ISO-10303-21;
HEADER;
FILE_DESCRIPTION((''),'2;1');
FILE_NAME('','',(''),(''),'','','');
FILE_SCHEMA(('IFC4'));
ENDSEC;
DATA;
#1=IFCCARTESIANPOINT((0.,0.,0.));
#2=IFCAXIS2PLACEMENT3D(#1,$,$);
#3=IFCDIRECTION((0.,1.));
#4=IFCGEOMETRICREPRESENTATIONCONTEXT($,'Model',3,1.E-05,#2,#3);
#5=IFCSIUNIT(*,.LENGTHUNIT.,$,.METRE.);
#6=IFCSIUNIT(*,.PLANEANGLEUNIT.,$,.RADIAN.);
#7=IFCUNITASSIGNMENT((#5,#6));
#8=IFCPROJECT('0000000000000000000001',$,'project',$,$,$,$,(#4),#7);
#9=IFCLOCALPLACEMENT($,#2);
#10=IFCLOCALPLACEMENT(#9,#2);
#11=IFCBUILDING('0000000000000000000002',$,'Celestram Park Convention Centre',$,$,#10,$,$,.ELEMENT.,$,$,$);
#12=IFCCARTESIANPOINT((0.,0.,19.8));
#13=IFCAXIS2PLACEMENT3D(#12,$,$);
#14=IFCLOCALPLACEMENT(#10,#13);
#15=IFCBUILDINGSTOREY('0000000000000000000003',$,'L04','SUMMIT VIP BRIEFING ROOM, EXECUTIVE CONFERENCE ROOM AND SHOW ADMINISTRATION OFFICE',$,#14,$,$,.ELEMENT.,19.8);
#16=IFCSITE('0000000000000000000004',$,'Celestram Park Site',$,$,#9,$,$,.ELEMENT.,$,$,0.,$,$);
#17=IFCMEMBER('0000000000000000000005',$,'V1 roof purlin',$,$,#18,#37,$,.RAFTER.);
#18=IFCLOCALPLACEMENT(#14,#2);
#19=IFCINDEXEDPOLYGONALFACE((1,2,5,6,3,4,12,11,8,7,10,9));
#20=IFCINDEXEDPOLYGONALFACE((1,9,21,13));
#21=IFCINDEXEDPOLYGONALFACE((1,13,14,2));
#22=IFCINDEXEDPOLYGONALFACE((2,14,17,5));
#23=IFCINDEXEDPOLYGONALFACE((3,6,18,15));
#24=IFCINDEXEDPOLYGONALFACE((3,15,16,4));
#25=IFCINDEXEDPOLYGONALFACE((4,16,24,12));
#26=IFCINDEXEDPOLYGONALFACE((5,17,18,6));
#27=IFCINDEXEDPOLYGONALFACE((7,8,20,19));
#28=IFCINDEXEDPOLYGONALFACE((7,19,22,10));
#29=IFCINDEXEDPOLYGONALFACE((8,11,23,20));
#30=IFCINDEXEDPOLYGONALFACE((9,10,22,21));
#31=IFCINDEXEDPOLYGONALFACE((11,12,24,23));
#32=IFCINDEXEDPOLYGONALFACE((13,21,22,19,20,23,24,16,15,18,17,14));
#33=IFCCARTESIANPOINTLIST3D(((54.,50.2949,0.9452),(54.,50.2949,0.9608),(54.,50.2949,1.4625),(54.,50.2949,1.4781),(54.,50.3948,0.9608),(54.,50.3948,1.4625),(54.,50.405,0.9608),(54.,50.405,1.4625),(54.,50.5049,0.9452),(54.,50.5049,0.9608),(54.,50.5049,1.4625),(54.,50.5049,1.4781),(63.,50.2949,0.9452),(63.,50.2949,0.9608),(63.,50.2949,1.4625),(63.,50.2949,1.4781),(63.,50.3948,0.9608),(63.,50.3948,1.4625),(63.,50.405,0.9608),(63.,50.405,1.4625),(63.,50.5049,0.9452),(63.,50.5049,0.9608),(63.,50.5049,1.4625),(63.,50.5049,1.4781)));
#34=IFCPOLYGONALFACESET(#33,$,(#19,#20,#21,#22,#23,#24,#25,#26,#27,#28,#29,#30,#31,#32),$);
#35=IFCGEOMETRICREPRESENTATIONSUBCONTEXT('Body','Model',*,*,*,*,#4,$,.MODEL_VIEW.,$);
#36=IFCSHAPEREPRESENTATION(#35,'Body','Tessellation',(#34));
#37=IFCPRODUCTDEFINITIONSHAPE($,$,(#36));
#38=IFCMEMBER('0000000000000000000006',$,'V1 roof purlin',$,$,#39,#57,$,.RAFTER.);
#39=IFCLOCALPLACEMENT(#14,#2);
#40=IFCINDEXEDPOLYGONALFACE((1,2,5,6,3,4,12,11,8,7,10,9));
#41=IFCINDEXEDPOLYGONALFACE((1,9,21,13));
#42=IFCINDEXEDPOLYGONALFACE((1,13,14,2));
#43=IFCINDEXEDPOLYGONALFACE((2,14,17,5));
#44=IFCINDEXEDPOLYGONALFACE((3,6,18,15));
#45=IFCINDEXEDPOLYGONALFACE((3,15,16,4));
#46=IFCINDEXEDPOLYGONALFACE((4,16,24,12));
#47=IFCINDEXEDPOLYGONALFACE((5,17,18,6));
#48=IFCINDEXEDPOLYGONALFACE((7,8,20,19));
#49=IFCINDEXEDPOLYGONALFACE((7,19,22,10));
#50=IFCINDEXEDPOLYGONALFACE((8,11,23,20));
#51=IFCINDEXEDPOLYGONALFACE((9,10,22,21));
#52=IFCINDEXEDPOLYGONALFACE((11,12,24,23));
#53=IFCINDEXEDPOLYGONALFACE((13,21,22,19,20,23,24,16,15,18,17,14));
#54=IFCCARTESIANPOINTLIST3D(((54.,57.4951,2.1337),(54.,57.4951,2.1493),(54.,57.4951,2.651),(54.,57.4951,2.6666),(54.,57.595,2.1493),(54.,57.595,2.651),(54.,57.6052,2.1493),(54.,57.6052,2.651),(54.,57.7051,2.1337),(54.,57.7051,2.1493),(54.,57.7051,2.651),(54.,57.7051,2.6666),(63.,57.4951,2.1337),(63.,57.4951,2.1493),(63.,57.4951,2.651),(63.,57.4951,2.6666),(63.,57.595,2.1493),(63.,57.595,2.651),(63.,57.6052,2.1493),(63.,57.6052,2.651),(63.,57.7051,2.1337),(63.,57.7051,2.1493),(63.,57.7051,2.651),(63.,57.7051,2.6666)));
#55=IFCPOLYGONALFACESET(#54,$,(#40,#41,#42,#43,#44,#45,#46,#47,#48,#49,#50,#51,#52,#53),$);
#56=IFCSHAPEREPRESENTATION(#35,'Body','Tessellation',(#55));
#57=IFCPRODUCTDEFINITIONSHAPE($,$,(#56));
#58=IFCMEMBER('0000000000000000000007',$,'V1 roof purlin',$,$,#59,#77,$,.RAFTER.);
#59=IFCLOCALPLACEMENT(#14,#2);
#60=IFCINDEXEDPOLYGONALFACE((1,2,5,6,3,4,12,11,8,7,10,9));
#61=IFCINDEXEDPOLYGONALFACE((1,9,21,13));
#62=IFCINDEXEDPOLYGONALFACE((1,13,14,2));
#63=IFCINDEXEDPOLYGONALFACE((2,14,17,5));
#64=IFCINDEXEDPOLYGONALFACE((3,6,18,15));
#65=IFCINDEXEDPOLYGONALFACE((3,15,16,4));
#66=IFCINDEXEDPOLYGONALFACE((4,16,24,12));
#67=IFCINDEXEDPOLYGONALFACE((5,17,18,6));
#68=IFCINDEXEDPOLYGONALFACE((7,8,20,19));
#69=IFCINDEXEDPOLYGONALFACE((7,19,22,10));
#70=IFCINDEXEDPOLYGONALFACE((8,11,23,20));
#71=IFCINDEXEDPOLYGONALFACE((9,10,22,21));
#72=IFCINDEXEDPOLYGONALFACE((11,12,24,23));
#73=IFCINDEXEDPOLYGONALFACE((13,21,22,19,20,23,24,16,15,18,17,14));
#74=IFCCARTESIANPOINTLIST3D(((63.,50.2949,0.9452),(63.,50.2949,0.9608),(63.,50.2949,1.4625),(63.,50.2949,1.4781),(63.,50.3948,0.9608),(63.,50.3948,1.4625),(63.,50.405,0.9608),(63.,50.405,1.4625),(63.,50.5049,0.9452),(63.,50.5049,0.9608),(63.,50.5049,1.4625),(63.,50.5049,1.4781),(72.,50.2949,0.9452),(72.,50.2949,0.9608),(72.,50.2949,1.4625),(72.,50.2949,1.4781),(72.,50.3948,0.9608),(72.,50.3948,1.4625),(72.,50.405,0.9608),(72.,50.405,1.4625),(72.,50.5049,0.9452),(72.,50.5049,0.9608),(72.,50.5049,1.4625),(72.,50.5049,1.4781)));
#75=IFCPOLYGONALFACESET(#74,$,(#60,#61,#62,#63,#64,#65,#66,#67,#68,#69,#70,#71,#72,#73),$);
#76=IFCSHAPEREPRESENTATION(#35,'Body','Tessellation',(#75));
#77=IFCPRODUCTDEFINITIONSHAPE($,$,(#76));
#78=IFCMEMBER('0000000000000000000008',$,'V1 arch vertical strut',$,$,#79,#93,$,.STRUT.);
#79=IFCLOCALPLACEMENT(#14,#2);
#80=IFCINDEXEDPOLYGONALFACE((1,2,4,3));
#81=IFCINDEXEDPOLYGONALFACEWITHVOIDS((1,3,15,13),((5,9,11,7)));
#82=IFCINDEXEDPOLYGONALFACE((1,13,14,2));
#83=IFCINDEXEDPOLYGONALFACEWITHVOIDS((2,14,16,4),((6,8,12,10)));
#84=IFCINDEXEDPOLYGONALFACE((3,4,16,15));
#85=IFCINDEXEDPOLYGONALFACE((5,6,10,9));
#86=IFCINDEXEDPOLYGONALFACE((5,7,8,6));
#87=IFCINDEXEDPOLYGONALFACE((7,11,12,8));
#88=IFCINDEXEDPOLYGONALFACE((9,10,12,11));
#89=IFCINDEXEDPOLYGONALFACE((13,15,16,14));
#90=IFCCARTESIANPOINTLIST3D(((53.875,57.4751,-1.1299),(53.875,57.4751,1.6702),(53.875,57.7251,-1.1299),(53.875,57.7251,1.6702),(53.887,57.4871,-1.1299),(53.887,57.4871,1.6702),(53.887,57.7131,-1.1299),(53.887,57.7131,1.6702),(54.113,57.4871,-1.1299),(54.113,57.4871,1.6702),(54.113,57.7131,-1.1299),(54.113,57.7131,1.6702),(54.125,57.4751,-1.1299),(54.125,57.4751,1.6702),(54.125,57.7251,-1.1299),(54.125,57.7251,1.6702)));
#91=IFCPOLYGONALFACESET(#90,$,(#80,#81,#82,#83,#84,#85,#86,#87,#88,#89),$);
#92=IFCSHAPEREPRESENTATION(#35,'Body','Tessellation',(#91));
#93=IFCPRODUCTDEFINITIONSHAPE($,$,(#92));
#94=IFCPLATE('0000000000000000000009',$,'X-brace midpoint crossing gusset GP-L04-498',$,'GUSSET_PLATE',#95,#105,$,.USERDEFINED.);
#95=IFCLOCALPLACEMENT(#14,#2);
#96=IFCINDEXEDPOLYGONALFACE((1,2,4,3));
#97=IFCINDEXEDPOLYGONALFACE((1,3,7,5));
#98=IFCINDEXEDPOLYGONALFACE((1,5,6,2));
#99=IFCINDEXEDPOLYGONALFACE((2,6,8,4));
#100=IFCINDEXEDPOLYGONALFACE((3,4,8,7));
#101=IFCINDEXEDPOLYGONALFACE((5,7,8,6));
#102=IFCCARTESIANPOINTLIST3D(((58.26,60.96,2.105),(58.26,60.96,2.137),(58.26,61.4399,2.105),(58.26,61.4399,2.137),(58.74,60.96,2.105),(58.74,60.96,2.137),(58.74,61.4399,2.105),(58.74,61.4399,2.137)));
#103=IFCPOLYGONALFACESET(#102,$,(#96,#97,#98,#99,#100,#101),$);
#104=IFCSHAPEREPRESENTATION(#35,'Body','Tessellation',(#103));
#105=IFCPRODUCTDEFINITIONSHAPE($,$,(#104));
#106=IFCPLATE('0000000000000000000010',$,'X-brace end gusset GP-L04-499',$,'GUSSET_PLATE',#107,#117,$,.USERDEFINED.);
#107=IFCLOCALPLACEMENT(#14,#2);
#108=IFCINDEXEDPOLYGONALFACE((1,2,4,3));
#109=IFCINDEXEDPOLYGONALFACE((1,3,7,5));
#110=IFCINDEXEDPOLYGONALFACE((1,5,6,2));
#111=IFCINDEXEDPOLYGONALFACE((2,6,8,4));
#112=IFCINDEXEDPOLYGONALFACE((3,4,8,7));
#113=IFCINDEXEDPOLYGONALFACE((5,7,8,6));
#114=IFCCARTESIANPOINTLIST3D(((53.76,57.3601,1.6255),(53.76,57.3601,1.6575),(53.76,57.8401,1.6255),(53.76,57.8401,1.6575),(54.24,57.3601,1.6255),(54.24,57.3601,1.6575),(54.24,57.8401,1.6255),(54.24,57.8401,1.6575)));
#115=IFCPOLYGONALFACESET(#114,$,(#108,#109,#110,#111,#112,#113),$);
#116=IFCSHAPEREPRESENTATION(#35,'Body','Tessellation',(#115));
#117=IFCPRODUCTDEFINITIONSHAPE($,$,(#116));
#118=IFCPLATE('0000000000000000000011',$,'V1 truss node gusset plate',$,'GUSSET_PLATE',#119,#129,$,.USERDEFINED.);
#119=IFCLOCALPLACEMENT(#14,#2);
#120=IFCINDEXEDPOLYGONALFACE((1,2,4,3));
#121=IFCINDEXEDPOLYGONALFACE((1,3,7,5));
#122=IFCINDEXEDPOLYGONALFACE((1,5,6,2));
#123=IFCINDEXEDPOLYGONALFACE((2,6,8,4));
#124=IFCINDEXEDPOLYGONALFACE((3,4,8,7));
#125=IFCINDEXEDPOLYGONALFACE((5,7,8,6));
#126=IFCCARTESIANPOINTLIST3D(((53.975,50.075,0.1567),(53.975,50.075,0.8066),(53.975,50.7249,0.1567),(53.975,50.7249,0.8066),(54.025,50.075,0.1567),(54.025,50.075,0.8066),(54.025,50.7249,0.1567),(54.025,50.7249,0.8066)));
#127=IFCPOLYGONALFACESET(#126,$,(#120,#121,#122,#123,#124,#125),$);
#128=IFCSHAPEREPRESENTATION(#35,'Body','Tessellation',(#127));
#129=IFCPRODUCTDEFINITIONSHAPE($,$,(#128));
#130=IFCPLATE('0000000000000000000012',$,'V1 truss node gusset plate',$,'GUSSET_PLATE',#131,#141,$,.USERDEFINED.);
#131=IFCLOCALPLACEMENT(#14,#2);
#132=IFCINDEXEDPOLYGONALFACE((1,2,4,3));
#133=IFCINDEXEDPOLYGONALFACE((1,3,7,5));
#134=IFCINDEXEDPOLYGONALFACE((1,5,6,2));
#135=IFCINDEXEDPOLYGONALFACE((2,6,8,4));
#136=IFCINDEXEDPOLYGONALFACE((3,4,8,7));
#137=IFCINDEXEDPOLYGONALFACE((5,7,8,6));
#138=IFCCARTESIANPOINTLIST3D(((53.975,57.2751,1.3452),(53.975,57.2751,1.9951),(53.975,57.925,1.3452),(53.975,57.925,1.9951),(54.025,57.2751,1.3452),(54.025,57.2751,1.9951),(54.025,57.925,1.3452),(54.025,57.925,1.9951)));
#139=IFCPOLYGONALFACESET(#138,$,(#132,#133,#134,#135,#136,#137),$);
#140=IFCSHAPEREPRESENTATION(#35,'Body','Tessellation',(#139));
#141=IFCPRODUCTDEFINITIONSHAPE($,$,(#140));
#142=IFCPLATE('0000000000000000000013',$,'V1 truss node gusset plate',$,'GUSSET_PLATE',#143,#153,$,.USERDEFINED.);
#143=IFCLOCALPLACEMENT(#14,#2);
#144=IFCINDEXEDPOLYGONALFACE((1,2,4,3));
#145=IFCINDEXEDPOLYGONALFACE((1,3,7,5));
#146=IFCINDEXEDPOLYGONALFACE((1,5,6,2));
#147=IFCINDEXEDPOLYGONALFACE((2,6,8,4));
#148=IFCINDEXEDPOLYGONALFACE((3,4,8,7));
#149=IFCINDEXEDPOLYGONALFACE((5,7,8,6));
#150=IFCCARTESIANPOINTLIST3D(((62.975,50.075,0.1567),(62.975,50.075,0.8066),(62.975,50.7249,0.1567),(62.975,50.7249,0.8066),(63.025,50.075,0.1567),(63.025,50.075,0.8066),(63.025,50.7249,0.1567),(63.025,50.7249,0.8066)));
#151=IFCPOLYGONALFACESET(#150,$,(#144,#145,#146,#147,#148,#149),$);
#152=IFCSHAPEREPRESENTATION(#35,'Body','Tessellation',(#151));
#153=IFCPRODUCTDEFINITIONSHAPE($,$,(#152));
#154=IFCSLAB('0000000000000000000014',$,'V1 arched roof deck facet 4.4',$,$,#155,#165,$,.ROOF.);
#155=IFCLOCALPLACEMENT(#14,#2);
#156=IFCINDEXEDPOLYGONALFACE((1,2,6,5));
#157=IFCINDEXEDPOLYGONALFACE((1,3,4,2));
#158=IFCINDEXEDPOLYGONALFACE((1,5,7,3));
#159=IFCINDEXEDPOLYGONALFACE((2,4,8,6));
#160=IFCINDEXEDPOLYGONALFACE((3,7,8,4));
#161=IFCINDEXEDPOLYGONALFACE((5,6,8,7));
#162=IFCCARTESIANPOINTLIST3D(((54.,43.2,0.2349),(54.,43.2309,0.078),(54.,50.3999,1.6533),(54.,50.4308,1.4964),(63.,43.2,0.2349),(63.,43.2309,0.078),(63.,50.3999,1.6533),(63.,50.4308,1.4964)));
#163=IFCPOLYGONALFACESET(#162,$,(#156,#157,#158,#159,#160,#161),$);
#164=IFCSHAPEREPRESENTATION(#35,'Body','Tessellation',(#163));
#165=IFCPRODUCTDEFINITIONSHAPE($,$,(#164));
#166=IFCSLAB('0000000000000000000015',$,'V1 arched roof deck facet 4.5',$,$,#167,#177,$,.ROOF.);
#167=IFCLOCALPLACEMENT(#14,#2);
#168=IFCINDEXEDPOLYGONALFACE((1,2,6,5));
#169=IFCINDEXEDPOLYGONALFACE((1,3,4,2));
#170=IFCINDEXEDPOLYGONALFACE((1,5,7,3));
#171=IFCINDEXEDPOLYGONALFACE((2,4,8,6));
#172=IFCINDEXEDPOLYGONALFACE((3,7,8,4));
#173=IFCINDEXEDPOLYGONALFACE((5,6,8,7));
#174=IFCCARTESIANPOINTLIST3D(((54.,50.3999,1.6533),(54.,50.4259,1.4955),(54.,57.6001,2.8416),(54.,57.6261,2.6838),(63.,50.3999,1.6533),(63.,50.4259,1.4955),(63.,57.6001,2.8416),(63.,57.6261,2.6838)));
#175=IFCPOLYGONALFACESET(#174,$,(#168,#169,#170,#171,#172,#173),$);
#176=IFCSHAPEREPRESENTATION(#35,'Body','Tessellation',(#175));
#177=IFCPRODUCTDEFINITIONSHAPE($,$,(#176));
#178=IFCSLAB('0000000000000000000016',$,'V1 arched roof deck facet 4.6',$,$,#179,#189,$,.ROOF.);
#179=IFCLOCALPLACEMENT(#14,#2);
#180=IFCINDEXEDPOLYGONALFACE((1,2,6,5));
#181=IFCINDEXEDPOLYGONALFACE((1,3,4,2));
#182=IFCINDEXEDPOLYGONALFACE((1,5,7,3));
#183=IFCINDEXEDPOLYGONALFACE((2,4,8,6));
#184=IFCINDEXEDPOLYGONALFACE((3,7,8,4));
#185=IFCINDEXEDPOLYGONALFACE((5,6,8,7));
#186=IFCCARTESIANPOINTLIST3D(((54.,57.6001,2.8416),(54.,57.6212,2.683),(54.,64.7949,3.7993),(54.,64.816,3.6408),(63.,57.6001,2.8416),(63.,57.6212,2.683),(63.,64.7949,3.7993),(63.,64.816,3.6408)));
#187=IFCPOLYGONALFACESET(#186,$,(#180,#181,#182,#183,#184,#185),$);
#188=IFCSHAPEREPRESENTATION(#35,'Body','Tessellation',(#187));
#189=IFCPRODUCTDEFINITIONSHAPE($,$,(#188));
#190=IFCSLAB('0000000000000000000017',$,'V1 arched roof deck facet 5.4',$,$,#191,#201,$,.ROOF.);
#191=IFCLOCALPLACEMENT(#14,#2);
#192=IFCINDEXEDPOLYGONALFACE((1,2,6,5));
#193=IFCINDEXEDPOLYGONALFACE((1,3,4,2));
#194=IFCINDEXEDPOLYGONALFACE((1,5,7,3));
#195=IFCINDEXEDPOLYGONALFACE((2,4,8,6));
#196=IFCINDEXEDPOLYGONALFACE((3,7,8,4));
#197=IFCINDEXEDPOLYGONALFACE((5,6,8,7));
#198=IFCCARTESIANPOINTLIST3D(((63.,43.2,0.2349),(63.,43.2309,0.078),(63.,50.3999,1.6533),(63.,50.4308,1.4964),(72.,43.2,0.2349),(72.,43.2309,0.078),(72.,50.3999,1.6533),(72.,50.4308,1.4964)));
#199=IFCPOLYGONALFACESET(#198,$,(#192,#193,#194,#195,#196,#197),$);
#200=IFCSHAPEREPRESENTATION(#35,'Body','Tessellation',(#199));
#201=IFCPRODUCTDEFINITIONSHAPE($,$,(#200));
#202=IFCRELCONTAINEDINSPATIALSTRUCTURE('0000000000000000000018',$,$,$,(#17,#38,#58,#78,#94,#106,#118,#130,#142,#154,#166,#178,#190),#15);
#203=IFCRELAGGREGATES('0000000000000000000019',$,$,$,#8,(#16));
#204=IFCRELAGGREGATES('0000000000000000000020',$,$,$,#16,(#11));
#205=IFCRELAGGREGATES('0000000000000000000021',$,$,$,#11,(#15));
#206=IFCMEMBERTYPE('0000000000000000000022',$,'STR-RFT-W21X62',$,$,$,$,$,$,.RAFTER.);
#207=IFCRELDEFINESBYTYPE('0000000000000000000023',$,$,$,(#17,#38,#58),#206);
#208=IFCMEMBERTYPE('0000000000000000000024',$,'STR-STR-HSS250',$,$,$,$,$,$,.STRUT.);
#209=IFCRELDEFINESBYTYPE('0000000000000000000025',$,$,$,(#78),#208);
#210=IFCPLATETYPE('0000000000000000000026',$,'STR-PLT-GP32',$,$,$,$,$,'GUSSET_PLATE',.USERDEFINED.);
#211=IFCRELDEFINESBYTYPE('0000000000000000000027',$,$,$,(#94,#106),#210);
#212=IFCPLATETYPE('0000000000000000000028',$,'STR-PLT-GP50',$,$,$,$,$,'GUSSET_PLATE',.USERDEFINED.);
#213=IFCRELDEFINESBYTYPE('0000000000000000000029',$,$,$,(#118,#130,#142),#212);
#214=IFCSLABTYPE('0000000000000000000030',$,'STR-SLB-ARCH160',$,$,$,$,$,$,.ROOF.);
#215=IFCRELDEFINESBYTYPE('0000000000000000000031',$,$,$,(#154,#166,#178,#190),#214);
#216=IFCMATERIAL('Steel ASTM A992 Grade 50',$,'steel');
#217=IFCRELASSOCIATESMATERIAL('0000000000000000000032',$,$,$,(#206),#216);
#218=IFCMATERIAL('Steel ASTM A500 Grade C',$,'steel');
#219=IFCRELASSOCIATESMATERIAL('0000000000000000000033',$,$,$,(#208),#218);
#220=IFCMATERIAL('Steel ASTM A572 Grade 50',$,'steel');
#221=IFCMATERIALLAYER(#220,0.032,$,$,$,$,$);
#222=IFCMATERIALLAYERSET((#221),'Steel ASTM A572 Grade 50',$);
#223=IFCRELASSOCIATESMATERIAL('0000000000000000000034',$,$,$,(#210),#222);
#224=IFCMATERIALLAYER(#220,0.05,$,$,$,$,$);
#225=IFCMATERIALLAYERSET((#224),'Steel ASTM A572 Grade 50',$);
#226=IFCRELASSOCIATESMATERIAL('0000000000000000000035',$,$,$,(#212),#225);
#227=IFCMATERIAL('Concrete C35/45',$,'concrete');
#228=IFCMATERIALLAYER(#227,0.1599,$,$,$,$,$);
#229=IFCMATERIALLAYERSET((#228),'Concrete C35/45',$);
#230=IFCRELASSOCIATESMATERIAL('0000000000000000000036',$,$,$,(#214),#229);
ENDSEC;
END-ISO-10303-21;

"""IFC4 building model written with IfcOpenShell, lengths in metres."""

from ifc_helpers import new_model, si_unit, direction, frame, origin, origin_2d, place, context, subcontext, project, spatial, polyline, rectangle, hollow_rectangle, i_section, outline, extrude, material, layer, layer_set, material_profile, profile_set, type_object, element, save


model = new_model("IFC4")

# Units and contexts
model_context = context("Model", 3, precision=1e-05, world=origin(), true_north=direction((0.0, 1.0)))
body_context = subcontext(model_context, "Body", "Model", "MODEL_VIEW")
ifc_project = project(units=[si_unit("LENGTHUNIT", "METRE"), si_unit("PLANEANGLEUNIT", "RADIAN")], contexts=[model_context])

# Site, building, storey
site_placement = place(None, origin())
site = spatial("IfcSite", under=ifc_project, at=site_placement, Name="Celestram Park Site", CompositionType="ELEMENT", RefElevation=0.0)
building_placement = place(site_placement, origin())
building = spatial("IfcBuilding", under=site, at=building_placement, Name="Celestram Park Convention Centre", CompositionType="ELEMENT")
storey_placement = place(building_placement, frame((0.0, 0.0, 19.8)))
storey = spatial("IfcBuildingStorey", under=building, at=storey_placement, Name="L04", Description="SUMMIT VIP BRIEFING ROOM, EXECUTIVE CONFERENCE ROOM AND SHOW ADMINISTRATION OFFICE", CompositionType="ELEMENT", Elevation=19.8)

# Members
ifc_material_1 = material(Name="Steel ASTM A500 Grade C", Category="steel")
ifc_material_2 = material(Name="Steel ASTM A992 Grade 50", Category="steel")
ifc_material_profile_1 = material_profile(ifc_material_2, i_section(OverallWidth=0.21, OverallDepth=0.533, WebThickness=0.0103, FlangeThickness=0.0156, at=origin_2d()), Name="W21X62")
ifc_profile_set_1 = profile_set([ifc_material_profile_1], Name="Steel ASTM A992 Grade 50")
member_type_1 = type_object("IfcMemberType", Name="STR-RFT-W21X62", PredefinedType="RAFTER", material=ifc_profile_set_1)
for number, where, z_axis, x_axis, name in (
    (1, (54.0, 50.3999, 1.2117), (1.0, 0.0, 0.0), (0.0, 1.0, 0.0), "V1 roof purlin"),
    (2, (54.0, 57.6001, 2.4001), (1.0, 0.0, 0.0), (0.0, 1.0, 0.0), "V1 roof purlin"),
    (3, (63.0, 50.3999, 1.2117), (1.0, 0.0, 0.0), (0.0, 1.0, 0.0), "V1 roof purlin"),
):
    element("IfcMember", number, at=place(storey_placement, frame(where, z_axis=z_axis, x_axis=x_axis)), inside=storey, type_object=member_type_1, Name=name, PredefinedType="RAFTER", context=body_context, shape_type="SweptSolid", body=[
        extrude(i_section(OverallWidth=0.21, OverallDepth=0.533, WebThickness=0.0103, FlangeThickness=0.0156, at=origin_2d()), origin(), (0.0, 0.0, 1.0), 9.0),
    ])
ifc_material_profile_2 = material_profile(ifc_material_1, hollow_rectangle(XDim=0.25, YDim=0.25, WallThickness=0.012, at=origin_2d()), Name="HSS250X250X12")
ifc_profile_set_2 = profile_set([ifc_material_profile_2], Name="Steel ASTM A500 Grade C")
member_type_2 = type_object("IfcMemberType", Name="STR-STR-HSS250", PredefinedType="STRUT", material=ifc_profile_set_2)
member_1_placement = place(storey_placement, frame((54.0, 57.6001, -1.1299), z_axis=(0.0, 0.0, 1.0), x_axis=(1.0, 0.0, 0.0)))
element("IfcMember", 4, at=member_1_placement, inside=storey, type_object=member_type_2, Name="V1 arch vertical strut", PredefinedType="STRUT", context=body_context, shape_type="SweptSolid", body=[
    extrude(hollow_rectangle(XDim=0.25, YDim=0.25, WallThickness=0.012, at=origin_2d()), origin(), (0.0, 0.0, 1.0), 2.8),
])

# Plates
ifc_material_3 = material(Name="Steel ASTM A572 Grade 50", Category="steel")
ifc_layer_1 = layer(ifc_material_3, 0.032)
ifc_layer_set_1 = layer_set([ifc_layer_1], Name="Steel ASTM A572 Grade 50")
plate_type_1 = type_object("IfcPlateType", Name="STR-PLT-GP32", ElementType="GUSSET_PLATE", PredefinedType="USERDEFINED", material=ifc_layer_set_1)
for number, where, z_axis, x_axis, name in (
    (5, (58.5, 61.2, 2.105), (0.0, 0.0, 1.0), (1.0, 0.0, 0.0), "X-brace midpoint crossing gusset GP-L04-498"),
    (6, (54.0, 57.6001, 1.6255), (0.0, 0.0, 1.0), (1.0, 0.0, 0.0), "X-brace end gusset GP-L04-499"),
):
    element("IfcPlate", number, at=place(storey_placement, frame(where, z_axis=z_axis, x_axis=x_axis)), inside=storey, type_object=plate_type_1, Name=name, ObjectType="GUSSET_PLATE", PredefinedType="USERDEFINED", context=body_context, shape_type="SweptSolid", body=[
        extrude(rectangle(XDim=0.48, YDim=0.48, at=origin_2d()), origin(), (0.0, 0.0, 1.0), 0.032),
    ])
ifc_layer_2 = layer(ifc_material_3, 0.05)
ifc_layer_set_2 = layer_set([ifc_layer_2], Name="Steel ASTM A572 Grade 50")
plate_type_2 = type_object("IfcPlateType", Name="STR-PLT-GP50", ElementType="GUSSET_PLATE", PredefinedType="USERDEFINED", material=ifc_layer_set_2)
for number, where, z_axis, x_axis, name in (
    (7, (54.0, 50.3999, 0.1567), (0.0, 0.0, 1.0), (0.0, 1.0, 0.0), "V1 truss node gusset plate"),
    (8, (54.0, 57.6001, 1.3452), (0.0, 0.0, 1.0), (0.0, 1.0, 0.0), "V1 truss node gusset plate"),
    (9, (63.0, 50.3999, 0.1567), (0.0, 0.0, 1.0), (0.0, 1.0, 0.0), "V1 truss node gusset plate"),
):
    element("IfcPlate", number, at=place(storey_placement, frame(where, z_axis=z_axis, x_axis=x_axis)), inside=storey, type_object=plate_type_2, Name=name, ObjectType="GUSSET_PLATE", PredefinedType="USERDEFINED", context=body_context, shape_type="SweptSolid", body=[
        extrude(rectangle(XDim=0.6499, YDim=0.05, at=origin_2d()), origin(), (0.0, 0.0, 1.0), 0.6499),
    ])

# Slabs
ifc_material_4 = material(Name="Concrete C35/45", Category="concrete")
ifc_layer_3 = layer(ifc_material_4, 0.1599)
ifc_layer_set_3 = layer_set([ifc_layer_3], Name="Concrete C35/45")
slab_type = type_object("IfcSlabType", Name="STR-SLB-ARCH160", PredefinedType="ROOF", material=ifc_layer_set_3)
slab_1_placement = place(storey_placement, frame((54.0, 43.2, 0.2349), z_axis=(0.0, -0.193294, 0.981141), x_axis=(1.0, 0.0, 0.0)))
element("IfcSlab", 10, at=slab_1_placement, inside=storey, type_object=slab_type, Name="V1 arched roof deck facet 4.4", PredefinedType="ROOF", context=body_context, shape_type="SweptSolid", body=[
    extrude(outline(polyline([(0.0, 0.0), (9.0, 0.0), (9.0, 7.3383), (0.0, 7.3383), (0.0, 0.0)])), origin(), (0.0, 0.0, -1.0), 0.1599),
])
slab_2_placement = place(storey_placement, frame((54.0, 50.3999, 1.6533), z_axis=(0.0, -0.162825, 0.986655), x_axis=(1.0, 0.0, 0.0)))
element("IfcSlab", 11, at=slab_2_placement, inside=storey, type_object=slab_type, Name="V1 arched roof deck facet 4.5", PredefinedType="ROOF", context=body_context, shape_type="SweptSolid", body=[
    extrude(outline(polyline([(0.0, 0.0), (9.0, 0.0), (9.0, 7.2976), (0.0, 7.2976), (0.0, 0.0)])), origin(), (0.0, 0.0, -1.0), 0.1599),
])
slab_3_placement = place(storey_placement, frame((54.0, 57.6001, 2.8416), z_axis=(0.0, -0.131954, 0.991256), x_axis=(1.0, 0.0, 0.0)))
element("IfcSlab", 12, at=slab_3_placement, inside=storey, type_object=slab_type, Name="V1 arched roof deck facet 4.6", PredefinedType="ROOF", context=body_context, shape_type="SweptSolid", body=[
    extrude(outline(polyline([(0.0, 0.0), (9.0, 0.0), (9.0, 7.2583), (0.0, 7.2583), (0.0, 0.0)])), origin(), (0.0, 0.0, -1.0), 0.1599),
])
slab_4_placement = place(storey_placement, frame((63.0, 43.2, 0.2349), z_axis=(0.0, -0.193294, 0.981141), x_axis=(1.0, 0.0, 0.0)))
element("IfcSlab", 13, at=slab_4_placement, inside=storey, type_object=slab_type, Name="V1 arched roof deck facet 5.4", PredefinedType="ROOF", context=body_context, shape_type="SweptSolid", body=[
    extrude(outline(polyline([(0.0, 0.0), (9.0, 0.0), (9.0, 7.3383), (0.0, 7.3383), (0.0, 0.0)])), origin(), (0.0, 0.0, -1.0), 0.1599),
])

save(model, "model.ifc")
